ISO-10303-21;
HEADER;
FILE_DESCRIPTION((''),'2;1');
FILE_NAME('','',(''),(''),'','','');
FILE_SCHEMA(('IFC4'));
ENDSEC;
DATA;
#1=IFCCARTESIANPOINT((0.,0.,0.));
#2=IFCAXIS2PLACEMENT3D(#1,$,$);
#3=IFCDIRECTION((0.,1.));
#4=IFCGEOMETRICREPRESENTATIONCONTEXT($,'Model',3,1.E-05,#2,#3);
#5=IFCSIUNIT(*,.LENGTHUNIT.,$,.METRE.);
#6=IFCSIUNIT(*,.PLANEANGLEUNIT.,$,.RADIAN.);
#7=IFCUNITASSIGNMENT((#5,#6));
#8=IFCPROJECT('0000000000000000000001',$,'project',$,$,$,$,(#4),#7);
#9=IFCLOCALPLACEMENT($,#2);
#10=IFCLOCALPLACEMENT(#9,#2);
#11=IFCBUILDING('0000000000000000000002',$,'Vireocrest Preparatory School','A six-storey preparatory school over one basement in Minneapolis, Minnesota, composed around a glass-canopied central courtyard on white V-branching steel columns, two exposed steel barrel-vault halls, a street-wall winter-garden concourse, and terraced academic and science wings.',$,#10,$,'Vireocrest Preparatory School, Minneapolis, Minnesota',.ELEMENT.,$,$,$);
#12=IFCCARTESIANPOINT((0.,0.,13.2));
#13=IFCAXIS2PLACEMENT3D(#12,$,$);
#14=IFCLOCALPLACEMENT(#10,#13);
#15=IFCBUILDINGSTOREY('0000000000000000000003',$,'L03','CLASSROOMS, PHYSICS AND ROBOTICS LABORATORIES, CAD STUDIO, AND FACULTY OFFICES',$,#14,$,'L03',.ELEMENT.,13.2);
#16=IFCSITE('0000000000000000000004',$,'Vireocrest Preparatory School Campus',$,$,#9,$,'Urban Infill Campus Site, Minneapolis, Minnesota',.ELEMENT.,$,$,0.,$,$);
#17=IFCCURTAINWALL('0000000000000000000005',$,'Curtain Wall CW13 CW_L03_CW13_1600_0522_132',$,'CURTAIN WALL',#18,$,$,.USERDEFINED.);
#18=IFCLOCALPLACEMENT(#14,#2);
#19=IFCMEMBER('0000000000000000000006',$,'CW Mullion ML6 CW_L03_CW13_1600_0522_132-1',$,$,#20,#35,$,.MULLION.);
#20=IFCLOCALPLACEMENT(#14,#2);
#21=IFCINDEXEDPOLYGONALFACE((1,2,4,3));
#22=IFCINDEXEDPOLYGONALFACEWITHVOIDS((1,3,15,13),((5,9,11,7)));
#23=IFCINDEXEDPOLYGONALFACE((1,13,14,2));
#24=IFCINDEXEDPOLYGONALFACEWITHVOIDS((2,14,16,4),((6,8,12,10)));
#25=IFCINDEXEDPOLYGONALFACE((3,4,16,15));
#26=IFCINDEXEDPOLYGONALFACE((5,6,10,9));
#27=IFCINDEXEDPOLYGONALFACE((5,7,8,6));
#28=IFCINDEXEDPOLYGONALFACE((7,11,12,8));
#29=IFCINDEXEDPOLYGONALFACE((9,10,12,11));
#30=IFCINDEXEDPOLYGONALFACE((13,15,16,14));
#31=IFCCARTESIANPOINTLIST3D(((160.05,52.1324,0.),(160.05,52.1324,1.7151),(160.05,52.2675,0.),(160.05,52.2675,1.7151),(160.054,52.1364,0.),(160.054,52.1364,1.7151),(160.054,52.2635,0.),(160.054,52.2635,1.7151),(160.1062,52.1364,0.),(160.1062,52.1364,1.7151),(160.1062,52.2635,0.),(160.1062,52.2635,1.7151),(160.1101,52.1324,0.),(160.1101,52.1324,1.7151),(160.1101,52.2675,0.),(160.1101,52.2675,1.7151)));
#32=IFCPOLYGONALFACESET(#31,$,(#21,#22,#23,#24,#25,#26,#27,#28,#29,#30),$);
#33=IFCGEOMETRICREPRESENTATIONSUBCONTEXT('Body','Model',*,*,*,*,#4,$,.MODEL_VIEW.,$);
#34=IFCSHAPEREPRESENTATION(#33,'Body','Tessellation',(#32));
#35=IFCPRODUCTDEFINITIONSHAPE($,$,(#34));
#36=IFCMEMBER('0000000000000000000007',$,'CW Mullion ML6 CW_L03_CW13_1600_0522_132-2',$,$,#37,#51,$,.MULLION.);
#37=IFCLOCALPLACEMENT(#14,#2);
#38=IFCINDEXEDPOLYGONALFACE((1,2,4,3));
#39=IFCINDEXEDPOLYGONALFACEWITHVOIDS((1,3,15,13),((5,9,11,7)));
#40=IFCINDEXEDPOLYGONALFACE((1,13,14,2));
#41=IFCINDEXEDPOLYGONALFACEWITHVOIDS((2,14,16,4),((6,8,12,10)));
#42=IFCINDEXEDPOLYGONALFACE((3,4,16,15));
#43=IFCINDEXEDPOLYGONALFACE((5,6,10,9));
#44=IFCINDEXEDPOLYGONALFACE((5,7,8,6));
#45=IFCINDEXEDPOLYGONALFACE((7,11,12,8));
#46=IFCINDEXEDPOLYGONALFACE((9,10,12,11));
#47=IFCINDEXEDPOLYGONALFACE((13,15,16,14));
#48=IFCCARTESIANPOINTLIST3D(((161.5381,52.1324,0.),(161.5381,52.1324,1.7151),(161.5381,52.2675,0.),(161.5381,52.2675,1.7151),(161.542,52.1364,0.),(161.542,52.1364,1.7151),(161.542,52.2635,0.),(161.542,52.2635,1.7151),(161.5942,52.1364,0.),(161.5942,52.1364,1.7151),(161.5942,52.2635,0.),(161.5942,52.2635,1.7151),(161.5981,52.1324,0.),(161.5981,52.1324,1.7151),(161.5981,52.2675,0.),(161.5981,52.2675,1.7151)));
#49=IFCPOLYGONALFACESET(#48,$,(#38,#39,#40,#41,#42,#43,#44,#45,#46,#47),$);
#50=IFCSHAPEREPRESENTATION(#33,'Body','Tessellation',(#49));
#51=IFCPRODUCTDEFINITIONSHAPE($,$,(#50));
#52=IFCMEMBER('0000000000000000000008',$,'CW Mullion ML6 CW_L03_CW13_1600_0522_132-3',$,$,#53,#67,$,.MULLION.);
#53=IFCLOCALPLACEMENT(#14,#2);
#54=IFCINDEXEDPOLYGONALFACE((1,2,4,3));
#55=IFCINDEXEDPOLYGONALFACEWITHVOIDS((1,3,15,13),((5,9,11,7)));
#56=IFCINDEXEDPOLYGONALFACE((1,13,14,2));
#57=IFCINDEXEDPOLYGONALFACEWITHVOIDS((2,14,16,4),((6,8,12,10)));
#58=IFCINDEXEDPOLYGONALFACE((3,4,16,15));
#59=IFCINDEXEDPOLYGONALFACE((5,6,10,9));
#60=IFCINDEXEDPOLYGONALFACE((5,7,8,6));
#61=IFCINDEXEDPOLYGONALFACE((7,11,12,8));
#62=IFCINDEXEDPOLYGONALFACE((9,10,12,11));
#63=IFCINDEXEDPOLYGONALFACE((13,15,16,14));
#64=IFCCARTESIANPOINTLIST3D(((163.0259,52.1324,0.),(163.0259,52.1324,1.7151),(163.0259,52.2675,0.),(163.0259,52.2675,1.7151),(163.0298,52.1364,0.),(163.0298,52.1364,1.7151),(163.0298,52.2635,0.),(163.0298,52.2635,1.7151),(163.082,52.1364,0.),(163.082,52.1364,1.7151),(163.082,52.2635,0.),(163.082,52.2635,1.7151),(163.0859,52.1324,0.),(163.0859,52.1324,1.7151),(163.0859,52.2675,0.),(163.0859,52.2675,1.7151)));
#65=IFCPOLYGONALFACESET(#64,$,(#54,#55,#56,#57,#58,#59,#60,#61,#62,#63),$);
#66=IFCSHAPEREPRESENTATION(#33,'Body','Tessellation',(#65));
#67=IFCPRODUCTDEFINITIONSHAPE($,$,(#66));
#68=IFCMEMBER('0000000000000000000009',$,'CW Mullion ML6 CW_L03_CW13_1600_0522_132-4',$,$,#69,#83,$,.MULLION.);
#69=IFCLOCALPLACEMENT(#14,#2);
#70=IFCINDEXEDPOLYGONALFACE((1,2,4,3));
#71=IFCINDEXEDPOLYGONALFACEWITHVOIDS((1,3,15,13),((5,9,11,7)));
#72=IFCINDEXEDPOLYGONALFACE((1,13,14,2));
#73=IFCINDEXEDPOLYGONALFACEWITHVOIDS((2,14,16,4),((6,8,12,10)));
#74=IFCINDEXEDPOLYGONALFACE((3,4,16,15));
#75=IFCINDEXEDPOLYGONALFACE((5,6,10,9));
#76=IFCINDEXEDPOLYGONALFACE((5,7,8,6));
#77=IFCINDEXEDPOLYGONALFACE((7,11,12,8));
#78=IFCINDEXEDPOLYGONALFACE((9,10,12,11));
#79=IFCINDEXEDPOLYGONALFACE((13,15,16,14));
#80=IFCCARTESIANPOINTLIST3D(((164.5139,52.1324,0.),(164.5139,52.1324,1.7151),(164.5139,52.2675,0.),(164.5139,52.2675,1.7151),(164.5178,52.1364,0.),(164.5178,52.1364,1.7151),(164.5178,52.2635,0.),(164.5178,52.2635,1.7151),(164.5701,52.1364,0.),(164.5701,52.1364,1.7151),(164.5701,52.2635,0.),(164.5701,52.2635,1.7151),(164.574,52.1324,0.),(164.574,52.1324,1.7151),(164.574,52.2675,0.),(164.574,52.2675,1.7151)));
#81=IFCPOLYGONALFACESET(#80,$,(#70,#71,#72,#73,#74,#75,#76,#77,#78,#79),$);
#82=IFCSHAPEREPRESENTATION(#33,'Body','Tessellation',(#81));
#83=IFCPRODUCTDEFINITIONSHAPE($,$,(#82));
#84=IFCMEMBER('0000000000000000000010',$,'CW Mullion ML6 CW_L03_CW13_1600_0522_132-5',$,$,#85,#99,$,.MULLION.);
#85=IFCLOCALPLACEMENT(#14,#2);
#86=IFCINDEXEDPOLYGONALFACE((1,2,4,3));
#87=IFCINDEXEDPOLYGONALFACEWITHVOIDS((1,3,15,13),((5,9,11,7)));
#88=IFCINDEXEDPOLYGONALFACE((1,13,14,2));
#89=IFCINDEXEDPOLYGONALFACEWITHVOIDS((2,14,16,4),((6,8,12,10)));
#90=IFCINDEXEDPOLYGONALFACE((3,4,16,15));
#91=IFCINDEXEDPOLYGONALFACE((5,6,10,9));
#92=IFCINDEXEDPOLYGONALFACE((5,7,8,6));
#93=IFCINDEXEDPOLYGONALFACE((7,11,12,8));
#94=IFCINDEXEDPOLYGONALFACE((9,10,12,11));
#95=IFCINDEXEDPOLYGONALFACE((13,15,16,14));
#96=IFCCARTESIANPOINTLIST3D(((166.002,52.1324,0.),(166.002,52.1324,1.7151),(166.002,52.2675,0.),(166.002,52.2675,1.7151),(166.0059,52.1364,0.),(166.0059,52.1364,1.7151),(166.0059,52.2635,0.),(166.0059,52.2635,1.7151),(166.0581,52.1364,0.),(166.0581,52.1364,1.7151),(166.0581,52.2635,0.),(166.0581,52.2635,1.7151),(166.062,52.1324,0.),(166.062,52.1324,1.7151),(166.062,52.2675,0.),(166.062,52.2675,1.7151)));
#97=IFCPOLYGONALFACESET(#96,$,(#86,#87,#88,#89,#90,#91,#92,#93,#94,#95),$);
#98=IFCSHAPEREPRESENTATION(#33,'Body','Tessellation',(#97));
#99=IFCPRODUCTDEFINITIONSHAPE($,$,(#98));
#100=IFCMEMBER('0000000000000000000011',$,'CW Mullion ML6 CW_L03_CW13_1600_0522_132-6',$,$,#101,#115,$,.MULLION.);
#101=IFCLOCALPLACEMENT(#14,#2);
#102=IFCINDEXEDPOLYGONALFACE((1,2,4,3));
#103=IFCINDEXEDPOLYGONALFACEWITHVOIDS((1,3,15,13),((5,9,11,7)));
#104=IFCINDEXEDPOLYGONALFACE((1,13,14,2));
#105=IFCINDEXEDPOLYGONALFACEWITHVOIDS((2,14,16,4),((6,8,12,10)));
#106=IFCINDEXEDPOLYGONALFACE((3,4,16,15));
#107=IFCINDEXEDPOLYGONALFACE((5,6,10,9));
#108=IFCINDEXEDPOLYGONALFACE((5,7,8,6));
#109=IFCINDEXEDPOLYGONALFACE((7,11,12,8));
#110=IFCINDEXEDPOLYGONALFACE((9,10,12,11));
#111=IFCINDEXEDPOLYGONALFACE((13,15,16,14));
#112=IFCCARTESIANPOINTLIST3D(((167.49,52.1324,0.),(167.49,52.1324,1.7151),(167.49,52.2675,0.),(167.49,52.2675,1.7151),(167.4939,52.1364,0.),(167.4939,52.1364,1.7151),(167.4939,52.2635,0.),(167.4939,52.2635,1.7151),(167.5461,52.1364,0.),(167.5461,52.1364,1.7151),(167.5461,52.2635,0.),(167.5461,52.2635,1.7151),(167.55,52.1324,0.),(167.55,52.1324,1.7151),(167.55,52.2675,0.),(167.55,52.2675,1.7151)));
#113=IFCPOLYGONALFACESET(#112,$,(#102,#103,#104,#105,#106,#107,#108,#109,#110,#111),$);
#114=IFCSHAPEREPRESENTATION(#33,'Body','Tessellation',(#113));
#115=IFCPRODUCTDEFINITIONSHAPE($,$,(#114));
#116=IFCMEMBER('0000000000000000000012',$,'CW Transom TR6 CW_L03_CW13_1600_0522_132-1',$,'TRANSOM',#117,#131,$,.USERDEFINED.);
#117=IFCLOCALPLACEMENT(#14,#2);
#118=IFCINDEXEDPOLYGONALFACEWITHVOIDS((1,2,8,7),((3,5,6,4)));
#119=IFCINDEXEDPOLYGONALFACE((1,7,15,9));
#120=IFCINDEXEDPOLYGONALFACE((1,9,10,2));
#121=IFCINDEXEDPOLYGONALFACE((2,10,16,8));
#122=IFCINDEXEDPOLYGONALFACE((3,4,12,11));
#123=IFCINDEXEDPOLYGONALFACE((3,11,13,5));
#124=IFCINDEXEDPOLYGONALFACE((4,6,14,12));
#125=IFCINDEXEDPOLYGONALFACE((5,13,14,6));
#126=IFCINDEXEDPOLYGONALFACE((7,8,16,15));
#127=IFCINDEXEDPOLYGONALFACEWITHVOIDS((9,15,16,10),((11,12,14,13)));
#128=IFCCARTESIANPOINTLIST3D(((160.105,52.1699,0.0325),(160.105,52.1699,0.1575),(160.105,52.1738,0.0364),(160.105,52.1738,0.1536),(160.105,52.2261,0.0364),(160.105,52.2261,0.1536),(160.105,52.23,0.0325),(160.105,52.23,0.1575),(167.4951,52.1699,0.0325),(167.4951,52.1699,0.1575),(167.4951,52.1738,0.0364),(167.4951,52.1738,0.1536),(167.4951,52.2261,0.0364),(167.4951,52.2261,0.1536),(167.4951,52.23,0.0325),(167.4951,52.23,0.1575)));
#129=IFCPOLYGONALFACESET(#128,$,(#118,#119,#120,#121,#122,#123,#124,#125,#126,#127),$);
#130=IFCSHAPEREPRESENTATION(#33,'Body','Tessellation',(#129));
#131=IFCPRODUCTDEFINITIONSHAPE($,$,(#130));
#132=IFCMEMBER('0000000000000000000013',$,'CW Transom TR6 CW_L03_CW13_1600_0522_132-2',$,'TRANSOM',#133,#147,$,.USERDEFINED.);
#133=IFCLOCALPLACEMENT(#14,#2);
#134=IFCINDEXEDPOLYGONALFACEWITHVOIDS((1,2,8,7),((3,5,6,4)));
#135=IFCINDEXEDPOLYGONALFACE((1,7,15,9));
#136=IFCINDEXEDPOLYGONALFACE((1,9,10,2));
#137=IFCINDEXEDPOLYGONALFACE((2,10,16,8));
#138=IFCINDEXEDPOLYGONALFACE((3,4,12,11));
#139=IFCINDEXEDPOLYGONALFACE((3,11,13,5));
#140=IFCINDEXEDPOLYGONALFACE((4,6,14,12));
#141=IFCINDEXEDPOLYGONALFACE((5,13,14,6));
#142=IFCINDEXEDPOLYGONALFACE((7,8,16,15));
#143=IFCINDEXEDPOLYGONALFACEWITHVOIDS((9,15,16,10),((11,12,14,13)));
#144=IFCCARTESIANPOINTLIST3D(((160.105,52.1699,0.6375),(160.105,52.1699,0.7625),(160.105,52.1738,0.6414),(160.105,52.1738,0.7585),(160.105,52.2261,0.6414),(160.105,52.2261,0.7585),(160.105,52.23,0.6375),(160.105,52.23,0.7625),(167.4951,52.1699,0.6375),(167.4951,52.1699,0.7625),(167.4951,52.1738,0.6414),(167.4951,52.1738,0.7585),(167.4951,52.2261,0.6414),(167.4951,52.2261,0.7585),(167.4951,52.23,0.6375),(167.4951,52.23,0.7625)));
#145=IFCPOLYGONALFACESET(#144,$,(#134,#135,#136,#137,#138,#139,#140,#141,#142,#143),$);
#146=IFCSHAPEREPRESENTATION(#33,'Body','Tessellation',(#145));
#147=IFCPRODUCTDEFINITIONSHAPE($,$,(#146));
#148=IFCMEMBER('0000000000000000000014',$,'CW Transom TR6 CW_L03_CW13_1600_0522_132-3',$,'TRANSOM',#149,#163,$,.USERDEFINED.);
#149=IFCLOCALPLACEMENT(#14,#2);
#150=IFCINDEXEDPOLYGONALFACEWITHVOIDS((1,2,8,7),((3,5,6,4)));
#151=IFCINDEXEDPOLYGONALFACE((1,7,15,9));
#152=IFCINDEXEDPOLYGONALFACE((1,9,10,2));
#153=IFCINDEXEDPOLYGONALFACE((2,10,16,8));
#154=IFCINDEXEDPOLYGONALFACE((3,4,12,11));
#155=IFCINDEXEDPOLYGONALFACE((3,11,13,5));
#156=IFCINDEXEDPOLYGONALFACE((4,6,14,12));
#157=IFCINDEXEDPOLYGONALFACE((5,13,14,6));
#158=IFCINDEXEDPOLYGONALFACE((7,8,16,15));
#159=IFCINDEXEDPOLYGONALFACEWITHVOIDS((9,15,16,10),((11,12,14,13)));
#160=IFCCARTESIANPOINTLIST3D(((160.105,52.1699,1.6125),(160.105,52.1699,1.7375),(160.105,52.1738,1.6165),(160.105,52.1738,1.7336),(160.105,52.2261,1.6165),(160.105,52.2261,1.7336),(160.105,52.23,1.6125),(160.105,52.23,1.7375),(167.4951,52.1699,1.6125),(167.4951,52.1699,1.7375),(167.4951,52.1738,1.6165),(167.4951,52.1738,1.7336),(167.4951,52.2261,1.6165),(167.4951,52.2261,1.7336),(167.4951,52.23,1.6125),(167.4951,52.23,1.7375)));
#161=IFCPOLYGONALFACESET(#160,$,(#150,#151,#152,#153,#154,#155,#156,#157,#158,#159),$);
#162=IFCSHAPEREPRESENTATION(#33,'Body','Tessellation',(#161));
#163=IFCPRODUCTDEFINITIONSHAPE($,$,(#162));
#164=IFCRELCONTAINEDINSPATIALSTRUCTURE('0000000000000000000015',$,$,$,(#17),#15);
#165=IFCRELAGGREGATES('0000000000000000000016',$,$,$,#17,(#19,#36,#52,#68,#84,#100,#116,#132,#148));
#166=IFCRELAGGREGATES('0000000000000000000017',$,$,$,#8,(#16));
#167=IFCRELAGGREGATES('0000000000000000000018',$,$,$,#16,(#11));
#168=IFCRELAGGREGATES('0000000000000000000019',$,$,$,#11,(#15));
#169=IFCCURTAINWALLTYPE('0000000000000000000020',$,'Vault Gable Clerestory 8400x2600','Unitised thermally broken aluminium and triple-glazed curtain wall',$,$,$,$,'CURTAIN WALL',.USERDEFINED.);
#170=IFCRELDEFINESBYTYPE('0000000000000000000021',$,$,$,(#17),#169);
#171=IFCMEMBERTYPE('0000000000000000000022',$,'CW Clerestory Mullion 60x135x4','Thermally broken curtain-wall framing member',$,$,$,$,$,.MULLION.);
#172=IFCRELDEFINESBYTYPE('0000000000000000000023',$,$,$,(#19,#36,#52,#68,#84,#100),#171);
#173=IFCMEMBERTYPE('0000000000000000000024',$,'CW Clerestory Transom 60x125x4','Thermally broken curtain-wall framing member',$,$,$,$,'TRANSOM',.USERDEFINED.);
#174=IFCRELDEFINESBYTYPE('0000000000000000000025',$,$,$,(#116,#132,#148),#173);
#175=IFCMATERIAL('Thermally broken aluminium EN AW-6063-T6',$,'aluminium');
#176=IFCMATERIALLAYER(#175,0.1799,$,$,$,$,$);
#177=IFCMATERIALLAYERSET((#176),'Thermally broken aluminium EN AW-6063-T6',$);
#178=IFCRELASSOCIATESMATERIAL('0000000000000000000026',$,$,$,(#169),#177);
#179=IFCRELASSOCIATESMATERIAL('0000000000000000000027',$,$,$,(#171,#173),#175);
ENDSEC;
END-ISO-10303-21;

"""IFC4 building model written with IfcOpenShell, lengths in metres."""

from ifc_helpers import new_model, si_unit, direction, frame, origin, origin_2d, place, context, subcontext, project, spatial, hollow_rectangle, extrude, material, layer, layer_set, material_profile, profile_set, type_object, element, aggregate, save


model = new_model("IFC4")

# Units and contexts
model_context = context("Model", 3, precision=1e-05, world=origin(), true_north=direction((0.0, 1.0)))
body_context = subcontext(model_context, "Body", "Model", "MODEL_VIEW")
ifc_project = project(units=[si_unit("LENGTHUNIT", "METRE"), si_unit("PLANEANGLEUNIT", "RADIAN")], contexts=[model_context])

# Site, building, storey
site_placement = place(None, origin())
site = spatial("IfcSite", under=ifc_project, at=site_placement, Name="Vireocrest Preparatory School Campus", LongName="Urban Infill Campus Site, Minneapolis, Minnesota", CompositionType="ELEMENT", RefElevation=0.0)
building_placement = place(site_placement, origin())
building = spatial("IfcBuilding", under=site, at=building_placement, Name="Vireocrest Preparatory School", Description="A six-storey preparatory school over one basement in Minneapolis, Minnesota, composed around a glass-canopied central courtyard on white V-branching steel columns, two exposed steel barrel-vault halls, a street-wall winter-garden concourse, and terraced academic and science wings.", LongName="Vireocrest Preparatory School, Minneapolis, Minnesota", CompositionType="ELEMENT")
storey_placement = place(building_placement, frame((0.0, 0.0, 13.2)))
storey = spatial("IfcBuildingStorey", under=building, at=storey_placement, Name="L03", Description="CLASSROOMS, PHYSICS AND ROBOTICS LABORATORIES, CAD STUDIO, AND FACULTY OFFICES", LongName="L03", CompositionType="ELEMENT", Elevation=13.2)

# Curtain wall, members
ifc_material_1 = material(Name="Thermally broken aluminium EN AW-6063-T6", Category="aluminium")
ifc_layer_1 = layer(ifc_material_1, 0.1799)
ifc_layer_set_1 = layer_set([ifc_layer_1], Name="Thermally broken aluminium EN AW-6063-T6")
curtain_wall_type = type_object("IfcCurtainWallType", Name="Vault Gable Clerestory 8400x2600", Description="Unitised thermally broken aluminium and triple-glazed curtain wall", ElementType="CURTAIN WALL", PredefinedType="USERDEFINED", material=ifc_layer_set_1)
curtain_wall_placement = place(storey_placement, origin())
curtain_wall = element("IfcCurtainWall", 1, at=curtain_wall_placement, inside=storey, type_object=curtain_wall_type, Name="Curtain Wall CW13 CW_L03_CW13_1600_0522_132", ObjectType="CURTAIN WALL", PredefinedType="USERDEFINED")
ifc_material_profile_1 = material_profile(ifc_material_1, hollow_rectangle(XDim=0.0601, YDim=0.135, WallThickness=0.0039, at=origin_2d()), Name="ALU 60x135x4")
ifc_profile_set_1 = profile_set([ifc_material_profile_1], Name="Thermally broken aluminium EN AW-6063-T6")
member_type_1 = type_object("IfcMemberType", Name="CW Clerestory Mullion 60x135x4", Description="Thermally broken curtain-wall framing member", PredefinedType="MULLION", material=ifc_profile_set_1)
member_1_placement = place(storey_placement, frame((160.0801, 52.2, 0.0), z_axis=(0.0, 0.0, 1.0), x_axis=(1.0, 0.0, 0.0)))
member_1 = element("IfcMember", 2, at=member_1_placement, type_object=member_type_1, Name="CW Mullion ML6 CW_L03_CW13_1600_0522_132-1", PredefinedType="MULLION", context=body_context, shape_type="SweptSolid", body=[
    extrude(hollow_rectangle(XDim=0.0601, YDim=0.135, WallThickness=0.0039, at=origin_2d()), origin(), (0.0, 0.0, 1.0), 1.7151),
])
member_2_placement = place(storey_placement, frame((161.5681, 52.2, 0.0), z_axis=(0.0, 0.0, 1.0), x_axis=(1.0, 0.0, 0.0)))
member_2 = element("IfcMember", 3, at=member_2_placement, type_object=member_type_1, Name="CW Mullion ML6 CW_L03_CW13_1600_0522_132-2", PredefinedType="MULLION", context=body_context, shape_type="SweptSolid", body=[
    extrude(hollow_rectangle(XDim=0.0601, YDim=0.135, WallThickness=0.0039, at=origin_2d()), origin(), (0.0, 0.0, 1.0), 1.7151),
])
member_3_placement = place(storey_placement, frame((163.0559, 52.2, 0.0), z_axis=(0.0, 0.0, 1.0), x_axis=(1.0, 0.0, 0.0)))
member_3 = element("IfcMember", 4, at=member_3_placement, type_object=member_type_1, Name="CW Mullion ML6 CW_L03_CW13_1600_0522_132-3", PredefinedType="MULLION", context=body_context, shape_type="SweptSolid", body=[
    extrude(hollow_rectangle(XDim=0.0601, YDim=0.135, WallThickness=0.0039, at=origin_2d()), origin(), (0.0, 0.0, 1.0), 1.7151),
])
member_4_placement = place(storey_placement, frame((164.5439, 52.2, 0.0), z_axis=(0.0, 0.0, 1.0), x_axis=(1.0, 0.0, 0.0)))
member_4 = element("IfcMember", 5, at=member_4_placement, type_object=member_type_1, Name="CW Mullion ML6 CW_L03_CW13_1600_0522_132-4", PredefinedType="MULLION", context=body_context, shape_type="SweptSolid", body=[
    extrude(hollow_rectangle(XDim=0.0601, YDim=0.135, WallThickness=0.0039, at=origin_2d()), origin(), (0.0, 0.0, 1.0), 1.7151),
])
member_5_placement = place(storey_placement, frame((166.032, 52.2, 0.0), z_axis=(0.0, 0.0, 1.0), x_axis=(1.0, 0.0, 0.0)))
member_5 = element("IfcMember", 6, at=member_5_placement, type_object=member_type_1, Name="CW Mullion ML6 CW_L03_CW13_1600_0522_132-5", PredefinedType="MULLION", context=body_context, shape_type="SweptSolid", body=[
    extrude(hollow_rectangle(XDim=0.0601, YDim=0.135, WallThickness=0.0039, at=origin_2d()), origin(), (0.0, 0.0, 1.0), 1.7151),
])
member_6_placement = place(storey_placement, frame((167.52, 52.2, 0.0), z_axis=(0.0, 0.0, 1.0), x_axis=(1.0, 0.0, 0.0)))
member_6 = element("IfcMember", 7, at=member_6_placement, type_object=member_type_1, Name="CW Mullion ML6 CW_L03_CW13_1600_0522_132-6", PredefinedType="MULLION", context=body_context, shape_type="SweptSolid", body=[
    extrude(hollow_rectangle(XDim=0.0601, YDim=0.135, WallThickness=0.0039, at=origin_2d()), origin(), (0.0, 0.0, 1.0), 1.7151),
])
ifc_material_profile_2 = material_profile(ifc_material_1, hollow_rectangle(XDim=0.0601, YDim=0.125, WallThickness=0.0039, at=origin_2d()), Name="ALU 60x125x4")
ifc_profile_set_2 = profile_set([ifc_material_profile_2], Name="Thermally broken aluminium EN AW-6063-T6")
member_type_2 = type_object("IfcMemberType", Name="CW Clerestory Transom 60x125x4", Description="Thermally broken curtain-wall framing member", ElementType="TRANSOM", PredefinedType="USERDEFINED", material=ifc_profile_set_2)
member_7_placement = place(storey_placement, frame((160.105, 52.2, 0.095), z_axis=(1.0, 0.0, 0.0), x_axis=(0.0, 1.0, 0.0)))
member_7 = element("IfcMember", 8, at=member_7_placement, type_object=member_type_2, Name="CW Transom TR6 CW_L03_CW13_1600_0522_132-1", ObjectType="TRANSOM", PredefinedType="USERDEFINED", context=body_context, shape_type="SweptSolid", body=[
    extrude(hollow_rectangle(XDim=0.0601, YDim=0.125, WallThickness=0.0039, at=origin_2d()), origin(), (0.0, 0.0, 1.0), 7.3901),
])
member_8_placement = place(storey_placement, frame((160.105, 52.2, 0.7), z_axis=(1.0, 0.0, 0.0), x_axis=(0.0, 1.0, 0.0)))
member_8 = element("IfcMember", 9, at=member_8_placement, type_object=member_type_2, Name="CW Transom TR6 CW_L03_CW13_1600_0522_132-2", ObjectType="TRANSOM", PredefinedType="USERDEFINED", context=body_context, shape_type="SweptSolid", body=[
    extrude(hollow_rectangle(XDim=0.0601, YDim=0.125, WallThickness=0.0039, at=origin_2d()), origin(), (0.0, 0.0, 1.0), 7.3901),
])
member_9_placement = place(storey_placement, frame((160.105, 52.2, 1.675), z_axis=(1.0, 0.0, 0.0), x_axis=(0.0, 1.0, 0.0)))
member_9 = element("IfcMember", 10, at=member_9_placement, type_object=member_type_2, Name="CW Transom TR6 CW_L03_CW13_1600_0522_132-3", ObjectType="TRANSOM", PredefinedType="USERDEFINED", context=body_context, shape_type="SweptSolid", body=[
    extrude(hollow_rectangle(XDim=0.0601, YDim=0.125, WallThickness=0.0039, at=origin_2d()), origin(), (0.0, 0.0, 1.0), 7.3901),
])

aggregate(curtain_wall, [member_1, member_2, member_3, member_4, member_5, member_6, member_7, member_8, member_9])

save(model, "model.ifc")
